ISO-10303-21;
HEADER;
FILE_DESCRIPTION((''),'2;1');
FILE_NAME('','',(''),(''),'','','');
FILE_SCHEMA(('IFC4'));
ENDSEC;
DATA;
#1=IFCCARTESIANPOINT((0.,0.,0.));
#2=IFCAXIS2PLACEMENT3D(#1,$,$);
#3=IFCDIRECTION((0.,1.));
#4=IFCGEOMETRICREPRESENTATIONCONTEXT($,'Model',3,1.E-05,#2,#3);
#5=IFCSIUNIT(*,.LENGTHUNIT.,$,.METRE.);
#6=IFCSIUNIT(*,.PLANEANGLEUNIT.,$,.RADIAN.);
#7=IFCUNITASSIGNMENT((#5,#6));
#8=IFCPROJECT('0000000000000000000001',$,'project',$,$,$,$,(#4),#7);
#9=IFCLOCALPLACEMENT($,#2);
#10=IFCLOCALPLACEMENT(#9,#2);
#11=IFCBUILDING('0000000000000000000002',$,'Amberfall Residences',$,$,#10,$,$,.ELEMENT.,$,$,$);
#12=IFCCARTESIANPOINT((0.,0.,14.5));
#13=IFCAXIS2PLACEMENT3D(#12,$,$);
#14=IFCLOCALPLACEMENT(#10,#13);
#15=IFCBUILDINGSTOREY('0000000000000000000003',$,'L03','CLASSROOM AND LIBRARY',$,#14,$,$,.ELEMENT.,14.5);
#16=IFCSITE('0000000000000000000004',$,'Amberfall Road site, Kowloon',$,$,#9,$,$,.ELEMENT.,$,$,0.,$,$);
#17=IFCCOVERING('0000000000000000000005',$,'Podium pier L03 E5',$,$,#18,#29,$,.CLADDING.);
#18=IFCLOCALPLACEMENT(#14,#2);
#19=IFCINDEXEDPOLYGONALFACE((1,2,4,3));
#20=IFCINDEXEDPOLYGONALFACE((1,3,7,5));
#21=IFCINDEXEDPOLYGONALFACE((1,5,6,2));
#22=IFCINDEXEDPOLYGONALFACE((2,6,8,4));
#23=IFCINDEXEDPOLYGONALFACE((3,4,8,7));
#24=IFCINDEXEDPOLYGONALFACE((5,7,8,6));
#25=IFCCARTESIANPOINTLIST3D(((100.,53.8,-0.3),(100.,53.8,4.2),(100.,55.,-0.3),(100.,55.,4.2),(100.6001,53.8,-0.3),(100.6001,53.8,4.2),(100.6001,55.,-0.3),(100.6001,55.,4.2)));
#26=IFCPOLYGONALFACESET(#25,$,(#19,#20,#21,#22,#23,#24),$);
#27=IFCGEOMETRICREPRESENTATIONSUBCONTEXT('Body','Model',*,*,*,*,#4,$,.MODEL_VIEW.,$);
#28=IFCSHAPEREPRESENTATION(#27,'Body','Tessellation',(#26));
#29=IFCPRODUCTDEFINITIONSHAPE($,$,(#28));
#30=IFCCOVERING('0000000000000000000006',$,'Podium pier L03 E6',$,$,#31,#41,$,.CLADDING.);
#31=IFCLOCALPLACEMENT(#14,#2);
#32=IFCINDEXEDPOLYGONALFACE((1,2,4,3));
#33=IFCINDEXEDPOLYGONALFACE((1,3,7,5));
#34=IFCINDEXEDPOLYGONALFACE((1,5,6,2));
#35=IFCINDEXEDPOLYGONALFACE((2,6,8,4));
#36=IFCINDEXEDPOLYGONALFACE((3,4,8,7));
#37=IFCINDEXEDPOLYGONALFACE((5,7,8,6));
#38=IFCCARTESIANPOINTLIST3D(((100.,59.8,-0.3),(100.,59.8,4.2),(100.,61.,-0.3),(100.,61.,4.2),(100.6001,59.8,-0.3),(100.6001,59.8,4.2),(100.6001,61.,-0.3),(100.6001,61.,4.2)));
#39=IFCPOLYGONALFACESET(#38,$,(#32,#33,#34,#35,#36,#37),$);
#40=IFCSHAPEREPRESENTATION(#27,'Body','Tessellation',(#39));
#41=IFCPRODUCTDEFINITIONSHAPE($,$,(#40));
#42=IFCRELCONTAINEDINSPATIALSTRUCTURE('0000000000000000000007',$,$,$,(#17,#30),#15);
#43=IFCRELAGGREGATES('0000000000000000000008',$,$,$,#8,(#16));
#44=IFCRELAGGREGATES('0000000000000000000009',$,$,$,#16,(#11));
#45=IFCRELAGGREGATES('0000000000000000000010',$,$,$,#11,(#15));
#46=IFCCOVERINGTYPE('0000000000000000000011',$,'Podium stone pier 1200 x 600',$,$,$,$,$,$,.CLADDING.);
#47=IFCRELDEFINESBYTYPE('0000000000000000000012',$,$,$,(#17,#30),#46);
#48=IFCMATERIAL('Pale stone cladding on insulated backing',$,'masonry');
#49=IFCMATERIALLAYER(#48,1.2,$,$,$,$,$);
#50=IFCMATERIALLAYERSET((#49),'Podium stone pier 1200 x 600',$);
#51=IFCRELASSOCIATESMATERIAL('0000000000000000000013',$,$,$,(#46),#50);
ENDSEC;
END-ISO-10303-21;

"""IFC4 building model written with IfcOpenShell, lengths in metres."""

from ifc_helpers import new_model, si_unit, direction, frame, origin, place, context, subcontext, project, spatial, polyline, outline, extrude, material, layer, layer_set, type_object, element, save


model = new_model("IFC4")

# Units and contexts
model_context = context("Model", 3, precision=1e-05, world=origin(), true_north=direction((0.0, 1.0)))
body_context = subcontext(model_context, "Body", "Model", "MODEL_VIEW")
ifc_project = project(units=[si_unit("LENGTHUNIT", "METRE"), si_unit("PLANEANGLEUNIT", "RADIAN")], contexts=[model_context])

# Site, building, storey
site_placement = place(None, origin())
site = spatial("IfcSite", under=ifc_project, at=site_placement, Name="Amberfall Road site, Kowloon", CompositionType="ELEMENT", RefElevation=0.0)
building_placement = place(site_placement, origin())
building = spatial("IfcBuilding", under=site, at=building_placement, Name="Amberfall Residences", CompositionType="ELEMENT")
storey_placement = place(building_placement, frame((0.0, 0.0, 14.5)))
storey = spatial("IfcBuildingStorey", under=building, at=storey_placement, Name="L03", Description="CLASSROOM AND LIBRARY", CompositionType="ELEMENT", Elevation=14.5)

# Coverings
ifc_material_1 = material(Name="Pale stone cladding on insulated backing", Category="masonry")
ifc_layer_1 = layer(ifc_material_1, 1.2)
ifc_layer_set_1 = layer_set([ifc_layer_1], Name="Podium stone pier 1200 x 600")
covering_type = type_object("IfcCoveringType", Name="Podium stone pier 1200 x 600", PredefinedType="CLADDING", material=ifc_layer_set_1)
covering_1_placement = place(storey_placement, frame((0.0, 0.0, -0.3)))
element("IfcCovering", 1, at=covering_1_placement, inside=storey, type_object=covering_type, Name="Podium pier L03 E5", PredefinedType="CLADDING", context=body_context, shape_type="SweptSolid", body=[
    extrude(outline(polyline([(100.0, 53.8), (100.0, 55.0), (100.6001, 55.0), (100.6001, 53.8), (100.0, 53.8)])), origin(), (0.0, 0.0, 1.0), 4.5),
])
covering_2_placement = place(storey_placement, frame((0.0, 0.0, -0.3)))
element("IfcCovering", 2, at=covering_2_placement, inside=storey, type_object=covering_type, Name="Podium pier L03 E6", PredefinedType="CLADDING", context=body_context, shape_type="SweptSolid", body=[
    extrude(outline(polyline([(100.0, 59.8), (100.0, 61.0), (100.6001, 61.0), (100.6001, 59.8), (100.0, 59.8)])), origin(), (0.0, 0.0, 1.0), 4.5),
])

save(model, "model.ifc")
